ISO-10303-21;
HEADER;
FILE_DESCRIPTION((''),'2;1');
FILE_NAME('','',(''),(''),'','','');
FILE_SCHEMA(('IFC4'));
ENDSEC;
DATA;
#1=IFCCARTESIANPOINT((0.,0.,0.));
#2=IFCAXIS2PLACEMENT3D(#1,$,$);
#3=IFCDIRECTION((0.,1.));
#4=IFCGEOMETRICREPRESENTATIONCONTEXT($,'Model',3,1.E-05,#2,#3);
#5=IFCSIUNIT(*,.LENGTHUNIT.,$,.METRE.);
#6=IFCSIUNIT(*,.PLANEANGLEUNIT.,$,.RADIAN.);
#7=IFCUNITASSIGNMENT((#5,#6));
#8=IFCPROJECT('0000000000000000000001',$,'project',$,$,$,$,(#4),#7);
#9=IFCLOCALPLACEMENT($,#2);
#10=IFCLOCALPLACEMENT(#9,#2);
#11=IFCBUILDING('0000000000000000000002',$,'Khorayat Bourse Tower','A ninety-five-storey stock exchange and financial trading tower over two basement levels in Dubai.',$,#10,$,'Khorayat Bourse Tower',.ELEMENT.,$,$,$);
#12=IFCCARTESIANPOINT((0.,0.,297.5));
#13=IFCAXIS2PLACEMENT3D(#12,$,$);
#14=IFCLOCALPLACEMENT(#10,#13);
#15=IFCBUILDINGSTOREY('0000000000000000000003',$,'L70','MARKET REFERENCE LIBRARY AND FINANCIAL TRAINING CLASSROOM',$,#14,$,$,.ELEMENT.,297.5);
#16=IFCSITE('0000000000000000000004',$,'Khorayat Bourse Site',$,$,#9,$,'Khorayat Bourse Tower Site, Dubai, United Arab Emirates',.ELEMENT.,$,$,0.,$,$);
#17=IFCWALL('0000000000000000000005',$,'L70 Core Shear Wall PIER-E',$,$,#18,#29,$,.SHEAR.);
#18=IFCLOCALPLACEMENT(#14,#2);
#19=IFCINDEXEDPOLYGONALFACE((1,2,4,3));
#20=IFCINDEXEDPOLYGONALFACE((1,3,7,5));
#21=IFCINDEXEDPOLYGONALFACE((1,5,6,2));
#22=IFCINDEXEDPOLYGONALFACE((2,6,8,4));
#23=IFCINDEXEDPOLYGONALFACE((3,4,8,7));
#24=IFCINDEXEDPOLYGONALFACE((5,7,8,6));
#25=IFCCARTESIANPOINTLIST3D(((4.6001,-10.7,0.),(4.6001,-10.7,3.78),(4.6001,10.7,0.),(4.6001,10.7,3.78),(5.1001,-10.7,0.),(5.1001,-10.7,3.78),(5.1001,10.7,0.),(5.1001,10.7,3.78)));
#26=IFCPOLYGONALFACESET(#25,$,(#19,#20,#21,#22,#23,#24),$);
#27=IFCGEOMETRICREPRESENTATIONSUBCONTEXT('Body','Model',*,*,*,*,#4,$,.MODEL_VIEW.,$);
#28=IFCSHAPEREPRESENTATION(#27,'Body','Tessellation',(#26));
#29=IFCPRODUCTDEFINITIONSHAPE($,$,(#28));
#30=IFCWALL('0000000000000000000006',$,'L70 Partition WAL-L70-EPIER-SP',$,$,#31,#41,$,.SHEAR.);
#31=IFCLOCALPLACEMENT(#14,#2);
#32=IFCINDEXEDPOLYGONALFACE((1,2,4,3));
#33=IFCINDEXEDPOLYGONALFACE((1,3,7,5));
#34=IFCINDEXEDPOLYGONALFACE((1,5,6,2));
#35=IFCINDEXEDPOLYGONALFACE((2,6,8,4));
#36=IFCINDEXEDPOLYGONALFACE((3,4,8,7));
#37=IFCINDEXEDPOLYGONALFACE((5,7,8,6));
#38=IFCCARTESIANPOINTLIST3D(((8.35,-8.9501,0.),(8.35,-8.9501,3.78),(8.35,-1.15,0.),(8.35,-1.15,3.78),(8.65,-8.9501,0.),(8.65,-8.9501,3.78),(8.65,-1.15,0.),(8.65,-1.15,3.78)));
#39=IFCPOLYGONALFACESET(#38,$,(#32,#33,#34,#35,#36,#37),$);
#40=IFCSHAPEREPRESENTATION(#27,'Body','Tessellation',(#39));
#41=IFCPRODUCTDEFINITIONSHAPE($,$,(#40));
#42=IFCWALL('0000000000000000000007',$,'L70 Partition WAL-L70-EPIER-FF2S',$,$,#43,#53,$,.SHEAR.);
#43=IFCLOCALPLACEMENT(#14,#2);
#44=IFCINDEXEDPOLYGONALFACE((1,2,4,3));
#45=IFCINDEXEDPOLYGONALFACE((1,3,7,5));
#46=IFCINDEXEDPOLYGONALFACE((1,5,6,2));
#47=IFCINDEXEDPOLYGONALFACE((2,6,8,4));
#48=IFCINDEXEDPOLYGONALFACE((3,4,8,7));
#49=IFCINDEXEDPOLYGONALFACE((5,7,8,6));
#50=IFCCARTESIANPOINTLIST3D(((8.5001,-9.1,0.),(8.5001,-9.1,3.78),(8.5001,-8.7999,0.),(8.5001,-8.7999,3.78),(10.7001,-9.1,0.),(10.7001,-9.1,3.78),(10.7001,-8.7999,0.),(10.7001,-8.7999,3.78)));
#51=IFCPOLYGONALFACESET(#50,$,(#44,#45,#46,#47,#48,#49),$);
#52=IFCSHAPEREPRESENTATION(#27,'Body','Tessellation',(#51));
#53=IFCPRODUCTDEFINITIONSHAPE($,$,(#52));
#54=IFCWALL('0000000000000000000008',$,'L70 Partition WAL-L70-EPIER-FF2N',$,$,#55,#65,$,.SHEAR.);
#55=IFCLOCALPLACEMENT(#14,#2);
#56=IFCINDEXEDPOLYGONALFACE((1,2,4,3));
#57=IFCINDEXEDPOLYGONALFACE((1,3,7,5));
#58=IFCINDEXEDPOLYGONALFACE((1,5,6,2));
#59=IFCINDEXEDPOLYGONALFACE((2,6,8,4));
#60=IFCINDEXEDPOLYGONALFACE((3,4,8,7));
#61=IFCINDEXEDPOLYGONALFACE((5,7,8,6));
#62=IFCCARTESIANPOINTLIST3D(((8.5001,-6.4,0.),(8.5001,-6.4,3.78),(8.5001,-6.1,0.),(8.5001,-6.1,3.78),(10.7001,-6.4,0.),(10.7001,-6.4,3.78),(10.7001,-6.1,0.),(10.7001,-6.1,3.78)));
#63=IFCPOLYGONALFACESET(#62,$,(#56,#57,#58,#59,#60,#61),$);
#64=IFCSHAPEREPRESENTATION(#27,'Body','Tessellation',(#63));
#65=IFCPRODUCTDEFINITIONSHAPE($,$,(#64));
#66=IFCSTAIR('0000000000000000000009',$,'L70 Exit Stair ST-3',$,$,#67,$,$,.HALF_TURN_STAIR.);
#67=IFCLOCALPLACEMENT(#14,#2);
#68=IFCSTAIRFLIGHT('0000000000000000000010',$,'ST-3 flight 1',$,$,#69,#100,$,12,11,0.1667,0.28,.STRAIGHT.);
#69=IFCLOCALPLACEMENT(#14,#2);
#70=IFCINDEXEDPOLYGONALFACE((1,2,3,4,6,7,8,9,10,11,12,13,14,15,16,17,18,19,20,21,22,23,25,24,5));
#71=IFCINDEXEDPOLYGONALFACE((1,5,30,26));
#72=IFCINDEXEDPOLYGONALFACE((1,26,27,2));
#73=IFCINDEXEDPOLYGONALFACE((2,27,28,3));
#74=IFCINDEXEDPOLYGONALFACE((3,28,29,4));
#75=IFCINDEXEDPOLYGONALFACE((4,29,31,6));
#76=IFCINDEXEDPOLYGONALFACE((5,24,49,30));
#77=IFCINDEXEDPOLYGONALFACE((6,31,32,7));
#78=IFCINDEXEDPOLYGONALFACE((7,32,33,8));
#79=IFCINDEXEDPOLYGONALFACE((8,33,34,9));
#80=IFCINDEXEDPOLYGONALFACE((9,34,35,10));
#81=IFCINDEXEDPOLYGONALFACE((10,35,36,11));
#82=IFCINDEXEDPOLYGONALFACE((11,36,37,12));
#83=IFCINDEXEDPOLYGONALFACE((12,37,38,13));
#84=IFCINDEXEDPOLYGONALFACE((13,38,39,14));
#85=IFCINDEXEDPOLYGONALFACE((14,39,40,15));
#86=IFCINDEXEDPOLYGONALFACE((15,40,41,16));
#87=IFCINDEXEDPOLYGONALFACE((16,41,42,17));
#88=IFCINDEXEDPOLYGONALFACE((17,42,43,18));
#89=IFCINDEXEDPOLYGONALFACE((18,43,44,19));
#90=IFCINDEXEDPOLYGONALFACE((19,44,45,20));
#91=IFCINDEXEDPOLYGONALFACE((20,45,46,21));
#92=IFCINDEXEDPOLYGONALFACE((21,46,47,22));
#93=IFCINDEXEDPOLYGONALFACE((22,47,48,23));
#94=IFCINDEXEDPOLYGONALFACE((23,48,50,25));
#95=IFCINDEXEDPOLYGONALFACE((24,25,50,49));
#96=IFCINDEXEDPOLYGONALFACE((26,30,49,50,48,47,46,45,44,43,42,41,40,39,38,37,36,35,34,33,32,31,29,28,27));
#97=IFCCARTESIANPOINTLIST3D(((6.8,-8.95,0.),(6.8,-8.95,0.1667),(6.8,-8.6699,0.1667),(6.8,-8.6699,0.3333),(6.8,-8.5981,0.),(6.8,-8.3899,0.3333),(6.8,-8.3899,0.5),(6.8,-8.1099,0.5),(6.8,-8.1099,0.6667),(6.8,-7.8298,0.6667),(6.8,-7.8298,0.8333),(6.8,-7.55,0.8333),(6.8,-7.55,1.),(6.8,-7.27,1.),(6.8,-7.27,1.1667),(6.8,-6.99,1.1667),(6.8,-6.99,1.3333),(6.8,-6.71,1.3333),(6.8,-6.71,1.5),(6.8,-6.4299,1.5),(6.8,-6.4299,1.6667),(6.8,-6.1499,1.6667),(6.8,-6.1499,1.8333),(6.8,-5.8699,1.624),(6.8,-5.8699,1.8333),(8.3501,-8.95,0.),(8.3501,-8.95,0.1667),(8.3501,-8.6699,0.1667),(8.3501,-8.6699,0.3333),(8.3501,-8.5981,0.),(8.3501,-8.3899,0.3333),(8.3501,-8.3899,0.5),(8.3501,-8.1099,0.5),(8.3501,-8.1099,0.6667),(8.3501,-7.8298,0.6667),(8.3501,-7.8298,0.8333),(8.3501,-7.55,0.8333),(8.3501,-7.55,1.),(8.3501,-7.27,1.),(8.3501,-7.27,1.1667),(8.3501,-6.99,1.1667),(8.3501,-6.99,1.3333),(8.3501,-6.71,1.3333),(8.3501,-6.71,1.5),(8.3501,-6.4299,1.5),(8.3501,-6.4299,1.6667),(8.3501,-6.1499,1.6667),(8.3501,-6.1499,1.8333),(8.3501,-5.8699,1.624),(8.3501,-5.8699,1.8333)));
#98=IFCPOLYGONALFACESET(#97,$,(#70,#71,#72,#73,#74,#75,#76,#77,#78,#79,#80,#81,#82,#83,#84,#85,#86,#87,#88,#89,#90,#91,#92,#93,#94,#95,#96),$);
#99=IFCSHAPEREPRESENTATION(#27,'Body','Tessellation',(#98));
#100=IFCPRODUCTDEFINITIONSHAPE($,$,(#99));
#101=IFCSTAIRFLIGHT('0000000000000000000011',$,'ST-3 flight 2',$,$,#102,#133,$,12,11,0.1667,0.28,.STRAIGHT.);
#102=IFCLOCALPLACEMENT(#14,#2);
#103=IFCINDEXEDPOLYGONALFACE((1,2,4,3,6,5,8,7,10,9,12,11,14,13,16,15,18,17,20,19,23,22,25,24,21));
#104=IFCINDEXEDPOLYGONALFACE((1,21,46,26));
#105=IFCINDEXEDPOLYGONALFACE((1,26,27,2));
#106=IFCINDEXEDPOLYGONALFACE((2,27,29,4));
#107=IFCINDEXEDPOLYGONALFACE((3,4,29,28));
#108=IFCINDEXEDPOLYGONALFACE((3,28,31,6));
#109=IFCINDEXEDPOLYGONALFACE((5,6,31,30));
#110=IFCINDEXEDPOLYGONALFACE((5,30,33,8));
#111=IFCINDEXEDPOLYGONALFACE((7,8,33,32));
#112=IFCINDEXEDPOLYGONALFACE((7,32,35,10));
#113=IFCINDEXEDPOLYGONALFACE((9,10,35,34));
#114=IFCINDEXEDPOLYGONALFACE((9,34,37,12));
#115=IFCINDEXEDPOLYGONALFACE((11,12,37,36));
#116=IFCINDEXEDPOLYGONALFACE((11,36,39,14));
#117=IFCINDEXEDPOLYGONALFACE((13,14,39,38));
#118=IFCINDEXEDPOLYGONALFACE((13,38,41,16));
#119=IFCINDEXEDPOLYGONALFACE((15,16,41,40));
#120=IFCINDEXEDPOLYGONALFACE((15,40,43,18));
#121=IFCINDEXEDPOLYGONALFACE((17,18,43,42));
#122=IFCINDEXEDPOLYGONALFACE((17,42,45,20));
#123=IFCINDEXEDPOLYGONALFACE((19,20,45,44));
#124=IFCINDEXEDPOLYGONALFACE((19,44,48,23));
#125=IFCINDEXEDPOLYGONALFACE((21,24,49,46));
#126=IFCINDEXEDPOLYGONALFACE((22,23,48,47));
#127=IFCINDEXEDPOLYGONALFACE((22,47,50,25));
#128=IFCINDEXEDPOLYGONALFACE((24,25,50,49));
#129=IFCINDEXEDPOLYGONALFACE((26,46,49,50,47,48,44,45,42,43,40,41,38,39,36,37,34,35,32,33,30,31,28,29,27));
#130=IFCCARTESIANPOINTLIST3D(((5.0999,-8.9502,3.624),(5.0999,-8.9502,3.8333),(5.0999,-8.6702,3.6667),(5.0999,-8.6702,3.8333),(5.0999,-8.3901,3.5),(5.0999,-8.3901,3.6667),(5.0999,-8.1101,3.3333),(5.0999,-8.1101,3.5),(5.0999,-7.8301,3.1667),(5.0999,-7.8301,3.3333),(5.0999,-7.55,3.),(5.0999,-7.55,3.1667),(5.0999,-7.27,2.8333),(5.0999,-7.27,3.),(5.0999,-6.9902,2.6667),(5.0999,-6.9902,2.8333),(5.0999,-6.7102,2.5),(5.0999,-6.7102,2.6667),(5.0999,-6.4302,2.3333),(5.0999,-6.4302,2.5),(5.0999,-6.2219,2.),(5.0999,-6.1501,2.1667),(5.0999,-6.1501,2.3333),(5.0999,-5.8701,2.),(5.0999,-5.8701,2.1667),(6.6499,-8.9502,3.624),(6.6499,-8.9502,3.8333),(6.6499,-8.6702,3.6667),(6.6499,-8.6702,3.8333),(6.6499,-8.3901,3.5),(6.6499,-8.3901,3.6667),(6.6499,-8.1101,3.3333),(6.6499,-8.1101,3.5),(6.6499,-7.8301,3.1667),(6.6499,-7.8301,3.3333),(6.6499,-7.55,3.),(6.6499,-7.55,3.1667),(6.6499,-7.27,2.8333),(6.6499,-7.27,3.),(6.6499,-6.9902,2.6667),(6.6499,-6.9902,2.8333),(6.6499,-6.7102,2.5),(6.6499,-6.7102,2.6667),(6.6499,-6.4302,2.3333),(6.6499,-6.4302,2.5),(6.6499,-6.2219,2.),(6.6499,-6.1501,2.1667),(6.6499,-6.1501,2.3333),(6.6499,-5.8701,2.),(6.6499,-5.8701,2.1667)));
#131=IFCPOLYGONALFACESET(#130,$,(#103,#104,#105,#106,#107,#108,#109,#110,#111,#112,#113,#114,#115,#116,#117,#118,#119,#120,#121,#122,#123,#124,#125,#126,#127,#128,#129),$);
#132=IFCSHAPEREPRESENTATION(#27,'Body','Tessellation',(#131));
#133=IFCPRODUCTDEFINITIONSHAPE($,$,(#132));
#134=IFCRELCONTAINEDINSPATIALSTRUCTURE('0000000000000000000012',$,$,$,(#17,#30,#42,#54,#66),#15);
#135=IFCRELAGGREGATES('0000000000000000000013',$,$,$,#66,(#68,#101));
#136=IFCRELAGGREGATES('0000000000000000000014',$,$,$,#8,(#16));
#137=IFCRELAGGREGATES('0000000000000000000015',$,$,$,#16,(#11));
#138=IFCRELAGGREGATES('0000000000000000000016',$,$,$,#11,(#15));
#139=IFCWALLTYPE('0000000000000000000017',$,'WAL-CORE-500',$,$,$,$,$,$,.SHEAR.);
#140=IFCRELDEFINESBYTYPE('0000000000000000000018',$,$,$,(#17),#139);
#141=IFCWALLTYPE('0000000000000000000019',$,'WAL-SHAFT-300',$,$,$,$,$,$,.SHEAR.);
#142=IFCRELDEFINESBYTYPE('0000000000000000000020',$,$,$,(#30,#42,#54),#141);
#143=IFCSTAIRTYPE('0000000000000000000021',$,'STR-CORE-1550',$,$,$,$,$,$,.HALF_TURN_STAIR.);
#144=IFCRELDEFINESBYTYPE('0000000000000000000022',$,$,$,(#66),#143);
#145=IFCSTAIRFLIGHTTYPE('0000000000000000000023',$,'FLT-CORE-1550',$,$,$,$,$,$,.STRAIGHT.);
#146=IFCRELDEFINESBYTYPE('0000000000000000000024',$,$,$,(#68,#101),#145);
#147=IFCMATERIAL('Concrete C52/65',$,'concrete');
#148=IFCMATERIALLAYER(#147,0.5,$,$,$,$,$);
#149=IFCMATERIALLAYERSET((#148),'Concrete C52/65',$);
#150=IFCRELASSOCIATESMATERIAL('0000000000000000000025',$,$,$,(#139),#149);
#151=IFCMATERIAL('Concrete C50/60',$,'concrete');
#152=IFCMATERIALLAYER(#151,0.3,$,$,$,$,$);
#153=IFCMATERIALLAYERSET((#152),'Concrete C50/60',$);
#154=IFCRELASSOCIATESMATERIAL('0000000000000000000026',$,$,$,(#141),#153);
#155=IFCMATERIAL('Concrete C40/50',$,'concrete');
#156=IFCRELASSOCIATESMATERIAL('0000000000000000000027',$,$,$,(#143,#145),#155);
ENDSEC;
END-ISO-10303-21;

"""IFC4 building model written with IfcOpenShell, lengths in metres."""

from ifc_helpers import new_model, si_unit, direction, frame, frame_2d, origin, place, context, subcontext, project, spatial, polyline, rectangle, outline, extrude, source, transform, mapped, material, layer, layer_set, type_object, element, aggregate, save


model = new_model("IFC4")

# Units and contexts
model_context = context("Model", 3, precision=1e-05, world=origin(), true_north=direction((0.0, 1.0)))
body_context = subcontext(model_context, "Body", "Model", "MODEL_VIEW")
ifc_project = project(units=[si_unit("LENGTHUNIT", "METRE"), si_unit("PLANEANGLEUNIT", "RADIAN")], contexts=[model_context])

# Site, building, storey
site_placement = place(None, origin())
site = spatial("IfcSite", under=ifc_project, at=site_placement, Name="Khorayat Bourse Site", LongName="Khorayat Bourse Tower Site, Dubai, United Arab Emirates", CompositionType="ELEMENT", RefElevation=0.0)
building_placement = place(site_placement, origin())
building = spatial("IfcBuilding", under=site, at=building_placement, Name="Khorayat Bourse Tower", Description="A ninety-five-storey stock exchange and financial trading tower over two basement levels in Dubai.", LongName="Khorayat Bourse Tower", CompositionType="ELEMENT")
storey_placement = place(building_placement, frame((0.0, 0.0, 297.5)))
storey = spatial("IfcBuildingStorey", under=building, at=storey_placement, Name="L70", Description="MARKET REFERENCE LIBRARY AND FINANCIAL TRAINING CLASSROOM", CompositionType="ELEMENT", Elevation=297.5)

# Walls
ifc_material_1 = material(Name="Concrete C52/65", Category="concrete")
ifc_layer_1 = layer(ifc_material_1, 0.5)
ifc_layer_set_1 = layer_set([ifc_layer_1], Name="Concrete C52/65")
wall_type_1 = type_object("IfcWallType", Name="WAL-CORE-500", PredefinedType="SHEAR", material=ifc_layer_set_1)
shared_shape_1 = source(origin(), body_context, "Body", "SweptSolid", [
    extrude(rectangle(XDim=21.3999, YDim=0.5, at=frame_2d((10.7, 0.0))), origin(), (0.0, 0.0, 1.0), 3.78),
])
wall_1_placement = place(storey_placement, frame((4.8501, -10.7, 0.0), z_axis=(0.0, 0.0, 1.0), x_axis=(0.0, 1.0, 0.0)))
element("IfcWall", 1, at=wall_1_placement, inside=storey, type_object=wall_type_1, Name="L70 Core Shear Wall PIER-E", PredefinedType="SHEAR", context=body_context, shape_type="MappedRepresentation", body=[
    mapped(shared_shape_1, transform((0.0, 0.0, 0.0), scale=1.0)),
])
ifc_material_2 = material(Name="Concrete C50/60", Category="concrete")
ifc_layer_2 = layer(ifc_material_2, 0.3)
ifc_layer_set_2 = layer_set([ifc_layer_2], Name="Concrete C50/60")
wall_type_2 = type_object("IfcWallType", Name="WAL-SHAFT-300", PredefinedType="SHEAR", material=ifc_layer_set_2)
shared_shape_2 = source(origin(), body_context, "Body", "SweptSolid", [
    extrude(rectangle(XDim=7.8, YDim=0.3, at=frame_2d((3.8999, 0.0))), origin(), (0.0, 0.0, 1.0), 3.78),
])
wall_2_placement = place(storey_placement, frame((8.5, -8.95, 0.0), z_axis=(0.0, 0.0, 1.0), x_axis=(0.0, 1.0, 0.0)))
element("IfcWall", 2, at=wall_2_placement, inside=storey, type_object=wall_type_2, Name="L70 Partition WAL-L70-EPIER-SP", PredefinedType="SHEAR", context=body_context, shape_type="MappedRepresentation", body=[
    mapped(shared_shape_2, transform((0.0, 0.0, 0.0), scale=1.0)),
])
shared_shape_3 = source(origin(), body_context, "Body", "SweptSolid", [
    extrude(rectangle(XDim=2.2, YDim=0.3, at=frame_2d((1.1001, 0.0))), origin(), (0.0, 0.0, 1.0), 3.78),
])
for number, where, z_axis, x_axis, name in (
    (3, (8.5, -8.95, 0.0), (0.0, 0.0, 1.0), (1.0, 0.0, 0.0), "L70 Partition WAL-L70-EPIER-FF2S"),
    (4, (8.5, -6.25, 0.0), (0.0, 0.0, 1.0), (1.0, 0.0, 0.0), "L70 Partition WAL-L70-EPIER-FF2N"),
):
    element("IfcWall", number, at=place(storey_placement, frame(where, z_axis=z_axis, x_axis=x_axis)), inside=storey, type_object=wall_type_2, Name=name, PredefinedType="SHEAR", context=body_context, shape_type="MappedRepresentation", body=[
        mapped(shared_shape_3, transform((0.0, 0.0, 0.0), scale=1.0)),
    ])

# Stair, stair flights
ifc_material_3 = material(Name="Concrete C40/50", Category="concrete")
stair_type = type_object("IfcStairType", Name="STR-CORE-1550", PredefinedType="HALF_TURN_STAIR", material=ifc_material_3)
stair_placement = place(storey_placement, origin())
stair = element("IfcStair", 5, at=stair_placement, inside=storey, type_object=stair_type, Name="L70 Exit Stair ST-3", PredefinedType="HALF_TURN_STAIR")
stair_flight_type = type_object("IfcStairFlightType", Name="FLT-CORE-1550", PredefinedType="STRAIGHT", material=ifc_material_3)
shared_shape_4 = source(origin(), body_context, "Body", "SweptSolid", [
    extrude(outline(polyline([(0.0, 0.0), (0.0, 0.1667), (0.28, 0.1667), (0.28, 0.3333), (0.5601, 0.3333), (0.5601, 0.5), (0.8401, 0.5), (0.8401, 0.6667), (1.1201, 0.6667), (1.1201, 0.8333), (1.3999, 0.8333), (1.3999, 1.0), (1.6799, 1.0), (1.6799, 1.1667), (1.96, 1.1667), (1.96, 1.3333), (2.24, 1.3333), (2.24, 1.5), (2.52, 1.5), (2.52, 1.6667), (2.8, 1.6667), (2.8, 1.8333), (3.0801, 1.8333), (3.0801, 2.0), (3.0801, 1.624), (0.3518, 0.0), (0.0, 0.0)])), frame((0.0, 0.7749, 0.0), z_axis=(0.0, -1.0, 0.0), x_axis=(1.0, 0.0, 0.0)), (0.0, 0.0, 1.0), 1.55),
])
stair_flight_1_placement = place(storey_placement, frame((7.575, -8.95, 0.0), z_axis=(0.0, 0.0, 1.0), x_axis=(0.0, 1.0, 0.0)))
stair_flight_1 = element("IfcStairFlight", 6, at=stair_flight_1_placement, type_object=stair_flight_type, Name="ST-3 flight 1", NumberOfRisers=12, NumberOfTreads=11, PredefinedType="STRAIGHT", RiserHeight=0.1667, TreadLength=0.28, context=body_context, shape_type="MappedRepresentation", body=[
    mapped(shared_shape_4, transform((0.0, 0.0, 0.0), scale=1.0)),
])
stair_flight_2_placement = place(storey_placement, frame((5.875, -5.8701, 2.0), z_axis=(0.0, 0.0, 1.0), x_axis=(0.0, -1.0, 0.0)))
stair_flight_2 = element("IfcStairFlight", 7, at=stair_flight_2_placement, type_object=stair_flight_type, Name="ST-3 flight 2", NumberOfRisers=12, NumberOfTreads=11, PredefinedType="STRAIGHT", RiserHeight=0.1667, TreadLength=0.28, context=body_context, shape_type="MappedRepresentation", body=[
    mapped(shared_shape_4, transform((0.0, 0.0, 0.0), scale=1.0)),
])
aggregate(stair, [stair_flight_1, stair_flight_2])

save(model, "model.ifc")
